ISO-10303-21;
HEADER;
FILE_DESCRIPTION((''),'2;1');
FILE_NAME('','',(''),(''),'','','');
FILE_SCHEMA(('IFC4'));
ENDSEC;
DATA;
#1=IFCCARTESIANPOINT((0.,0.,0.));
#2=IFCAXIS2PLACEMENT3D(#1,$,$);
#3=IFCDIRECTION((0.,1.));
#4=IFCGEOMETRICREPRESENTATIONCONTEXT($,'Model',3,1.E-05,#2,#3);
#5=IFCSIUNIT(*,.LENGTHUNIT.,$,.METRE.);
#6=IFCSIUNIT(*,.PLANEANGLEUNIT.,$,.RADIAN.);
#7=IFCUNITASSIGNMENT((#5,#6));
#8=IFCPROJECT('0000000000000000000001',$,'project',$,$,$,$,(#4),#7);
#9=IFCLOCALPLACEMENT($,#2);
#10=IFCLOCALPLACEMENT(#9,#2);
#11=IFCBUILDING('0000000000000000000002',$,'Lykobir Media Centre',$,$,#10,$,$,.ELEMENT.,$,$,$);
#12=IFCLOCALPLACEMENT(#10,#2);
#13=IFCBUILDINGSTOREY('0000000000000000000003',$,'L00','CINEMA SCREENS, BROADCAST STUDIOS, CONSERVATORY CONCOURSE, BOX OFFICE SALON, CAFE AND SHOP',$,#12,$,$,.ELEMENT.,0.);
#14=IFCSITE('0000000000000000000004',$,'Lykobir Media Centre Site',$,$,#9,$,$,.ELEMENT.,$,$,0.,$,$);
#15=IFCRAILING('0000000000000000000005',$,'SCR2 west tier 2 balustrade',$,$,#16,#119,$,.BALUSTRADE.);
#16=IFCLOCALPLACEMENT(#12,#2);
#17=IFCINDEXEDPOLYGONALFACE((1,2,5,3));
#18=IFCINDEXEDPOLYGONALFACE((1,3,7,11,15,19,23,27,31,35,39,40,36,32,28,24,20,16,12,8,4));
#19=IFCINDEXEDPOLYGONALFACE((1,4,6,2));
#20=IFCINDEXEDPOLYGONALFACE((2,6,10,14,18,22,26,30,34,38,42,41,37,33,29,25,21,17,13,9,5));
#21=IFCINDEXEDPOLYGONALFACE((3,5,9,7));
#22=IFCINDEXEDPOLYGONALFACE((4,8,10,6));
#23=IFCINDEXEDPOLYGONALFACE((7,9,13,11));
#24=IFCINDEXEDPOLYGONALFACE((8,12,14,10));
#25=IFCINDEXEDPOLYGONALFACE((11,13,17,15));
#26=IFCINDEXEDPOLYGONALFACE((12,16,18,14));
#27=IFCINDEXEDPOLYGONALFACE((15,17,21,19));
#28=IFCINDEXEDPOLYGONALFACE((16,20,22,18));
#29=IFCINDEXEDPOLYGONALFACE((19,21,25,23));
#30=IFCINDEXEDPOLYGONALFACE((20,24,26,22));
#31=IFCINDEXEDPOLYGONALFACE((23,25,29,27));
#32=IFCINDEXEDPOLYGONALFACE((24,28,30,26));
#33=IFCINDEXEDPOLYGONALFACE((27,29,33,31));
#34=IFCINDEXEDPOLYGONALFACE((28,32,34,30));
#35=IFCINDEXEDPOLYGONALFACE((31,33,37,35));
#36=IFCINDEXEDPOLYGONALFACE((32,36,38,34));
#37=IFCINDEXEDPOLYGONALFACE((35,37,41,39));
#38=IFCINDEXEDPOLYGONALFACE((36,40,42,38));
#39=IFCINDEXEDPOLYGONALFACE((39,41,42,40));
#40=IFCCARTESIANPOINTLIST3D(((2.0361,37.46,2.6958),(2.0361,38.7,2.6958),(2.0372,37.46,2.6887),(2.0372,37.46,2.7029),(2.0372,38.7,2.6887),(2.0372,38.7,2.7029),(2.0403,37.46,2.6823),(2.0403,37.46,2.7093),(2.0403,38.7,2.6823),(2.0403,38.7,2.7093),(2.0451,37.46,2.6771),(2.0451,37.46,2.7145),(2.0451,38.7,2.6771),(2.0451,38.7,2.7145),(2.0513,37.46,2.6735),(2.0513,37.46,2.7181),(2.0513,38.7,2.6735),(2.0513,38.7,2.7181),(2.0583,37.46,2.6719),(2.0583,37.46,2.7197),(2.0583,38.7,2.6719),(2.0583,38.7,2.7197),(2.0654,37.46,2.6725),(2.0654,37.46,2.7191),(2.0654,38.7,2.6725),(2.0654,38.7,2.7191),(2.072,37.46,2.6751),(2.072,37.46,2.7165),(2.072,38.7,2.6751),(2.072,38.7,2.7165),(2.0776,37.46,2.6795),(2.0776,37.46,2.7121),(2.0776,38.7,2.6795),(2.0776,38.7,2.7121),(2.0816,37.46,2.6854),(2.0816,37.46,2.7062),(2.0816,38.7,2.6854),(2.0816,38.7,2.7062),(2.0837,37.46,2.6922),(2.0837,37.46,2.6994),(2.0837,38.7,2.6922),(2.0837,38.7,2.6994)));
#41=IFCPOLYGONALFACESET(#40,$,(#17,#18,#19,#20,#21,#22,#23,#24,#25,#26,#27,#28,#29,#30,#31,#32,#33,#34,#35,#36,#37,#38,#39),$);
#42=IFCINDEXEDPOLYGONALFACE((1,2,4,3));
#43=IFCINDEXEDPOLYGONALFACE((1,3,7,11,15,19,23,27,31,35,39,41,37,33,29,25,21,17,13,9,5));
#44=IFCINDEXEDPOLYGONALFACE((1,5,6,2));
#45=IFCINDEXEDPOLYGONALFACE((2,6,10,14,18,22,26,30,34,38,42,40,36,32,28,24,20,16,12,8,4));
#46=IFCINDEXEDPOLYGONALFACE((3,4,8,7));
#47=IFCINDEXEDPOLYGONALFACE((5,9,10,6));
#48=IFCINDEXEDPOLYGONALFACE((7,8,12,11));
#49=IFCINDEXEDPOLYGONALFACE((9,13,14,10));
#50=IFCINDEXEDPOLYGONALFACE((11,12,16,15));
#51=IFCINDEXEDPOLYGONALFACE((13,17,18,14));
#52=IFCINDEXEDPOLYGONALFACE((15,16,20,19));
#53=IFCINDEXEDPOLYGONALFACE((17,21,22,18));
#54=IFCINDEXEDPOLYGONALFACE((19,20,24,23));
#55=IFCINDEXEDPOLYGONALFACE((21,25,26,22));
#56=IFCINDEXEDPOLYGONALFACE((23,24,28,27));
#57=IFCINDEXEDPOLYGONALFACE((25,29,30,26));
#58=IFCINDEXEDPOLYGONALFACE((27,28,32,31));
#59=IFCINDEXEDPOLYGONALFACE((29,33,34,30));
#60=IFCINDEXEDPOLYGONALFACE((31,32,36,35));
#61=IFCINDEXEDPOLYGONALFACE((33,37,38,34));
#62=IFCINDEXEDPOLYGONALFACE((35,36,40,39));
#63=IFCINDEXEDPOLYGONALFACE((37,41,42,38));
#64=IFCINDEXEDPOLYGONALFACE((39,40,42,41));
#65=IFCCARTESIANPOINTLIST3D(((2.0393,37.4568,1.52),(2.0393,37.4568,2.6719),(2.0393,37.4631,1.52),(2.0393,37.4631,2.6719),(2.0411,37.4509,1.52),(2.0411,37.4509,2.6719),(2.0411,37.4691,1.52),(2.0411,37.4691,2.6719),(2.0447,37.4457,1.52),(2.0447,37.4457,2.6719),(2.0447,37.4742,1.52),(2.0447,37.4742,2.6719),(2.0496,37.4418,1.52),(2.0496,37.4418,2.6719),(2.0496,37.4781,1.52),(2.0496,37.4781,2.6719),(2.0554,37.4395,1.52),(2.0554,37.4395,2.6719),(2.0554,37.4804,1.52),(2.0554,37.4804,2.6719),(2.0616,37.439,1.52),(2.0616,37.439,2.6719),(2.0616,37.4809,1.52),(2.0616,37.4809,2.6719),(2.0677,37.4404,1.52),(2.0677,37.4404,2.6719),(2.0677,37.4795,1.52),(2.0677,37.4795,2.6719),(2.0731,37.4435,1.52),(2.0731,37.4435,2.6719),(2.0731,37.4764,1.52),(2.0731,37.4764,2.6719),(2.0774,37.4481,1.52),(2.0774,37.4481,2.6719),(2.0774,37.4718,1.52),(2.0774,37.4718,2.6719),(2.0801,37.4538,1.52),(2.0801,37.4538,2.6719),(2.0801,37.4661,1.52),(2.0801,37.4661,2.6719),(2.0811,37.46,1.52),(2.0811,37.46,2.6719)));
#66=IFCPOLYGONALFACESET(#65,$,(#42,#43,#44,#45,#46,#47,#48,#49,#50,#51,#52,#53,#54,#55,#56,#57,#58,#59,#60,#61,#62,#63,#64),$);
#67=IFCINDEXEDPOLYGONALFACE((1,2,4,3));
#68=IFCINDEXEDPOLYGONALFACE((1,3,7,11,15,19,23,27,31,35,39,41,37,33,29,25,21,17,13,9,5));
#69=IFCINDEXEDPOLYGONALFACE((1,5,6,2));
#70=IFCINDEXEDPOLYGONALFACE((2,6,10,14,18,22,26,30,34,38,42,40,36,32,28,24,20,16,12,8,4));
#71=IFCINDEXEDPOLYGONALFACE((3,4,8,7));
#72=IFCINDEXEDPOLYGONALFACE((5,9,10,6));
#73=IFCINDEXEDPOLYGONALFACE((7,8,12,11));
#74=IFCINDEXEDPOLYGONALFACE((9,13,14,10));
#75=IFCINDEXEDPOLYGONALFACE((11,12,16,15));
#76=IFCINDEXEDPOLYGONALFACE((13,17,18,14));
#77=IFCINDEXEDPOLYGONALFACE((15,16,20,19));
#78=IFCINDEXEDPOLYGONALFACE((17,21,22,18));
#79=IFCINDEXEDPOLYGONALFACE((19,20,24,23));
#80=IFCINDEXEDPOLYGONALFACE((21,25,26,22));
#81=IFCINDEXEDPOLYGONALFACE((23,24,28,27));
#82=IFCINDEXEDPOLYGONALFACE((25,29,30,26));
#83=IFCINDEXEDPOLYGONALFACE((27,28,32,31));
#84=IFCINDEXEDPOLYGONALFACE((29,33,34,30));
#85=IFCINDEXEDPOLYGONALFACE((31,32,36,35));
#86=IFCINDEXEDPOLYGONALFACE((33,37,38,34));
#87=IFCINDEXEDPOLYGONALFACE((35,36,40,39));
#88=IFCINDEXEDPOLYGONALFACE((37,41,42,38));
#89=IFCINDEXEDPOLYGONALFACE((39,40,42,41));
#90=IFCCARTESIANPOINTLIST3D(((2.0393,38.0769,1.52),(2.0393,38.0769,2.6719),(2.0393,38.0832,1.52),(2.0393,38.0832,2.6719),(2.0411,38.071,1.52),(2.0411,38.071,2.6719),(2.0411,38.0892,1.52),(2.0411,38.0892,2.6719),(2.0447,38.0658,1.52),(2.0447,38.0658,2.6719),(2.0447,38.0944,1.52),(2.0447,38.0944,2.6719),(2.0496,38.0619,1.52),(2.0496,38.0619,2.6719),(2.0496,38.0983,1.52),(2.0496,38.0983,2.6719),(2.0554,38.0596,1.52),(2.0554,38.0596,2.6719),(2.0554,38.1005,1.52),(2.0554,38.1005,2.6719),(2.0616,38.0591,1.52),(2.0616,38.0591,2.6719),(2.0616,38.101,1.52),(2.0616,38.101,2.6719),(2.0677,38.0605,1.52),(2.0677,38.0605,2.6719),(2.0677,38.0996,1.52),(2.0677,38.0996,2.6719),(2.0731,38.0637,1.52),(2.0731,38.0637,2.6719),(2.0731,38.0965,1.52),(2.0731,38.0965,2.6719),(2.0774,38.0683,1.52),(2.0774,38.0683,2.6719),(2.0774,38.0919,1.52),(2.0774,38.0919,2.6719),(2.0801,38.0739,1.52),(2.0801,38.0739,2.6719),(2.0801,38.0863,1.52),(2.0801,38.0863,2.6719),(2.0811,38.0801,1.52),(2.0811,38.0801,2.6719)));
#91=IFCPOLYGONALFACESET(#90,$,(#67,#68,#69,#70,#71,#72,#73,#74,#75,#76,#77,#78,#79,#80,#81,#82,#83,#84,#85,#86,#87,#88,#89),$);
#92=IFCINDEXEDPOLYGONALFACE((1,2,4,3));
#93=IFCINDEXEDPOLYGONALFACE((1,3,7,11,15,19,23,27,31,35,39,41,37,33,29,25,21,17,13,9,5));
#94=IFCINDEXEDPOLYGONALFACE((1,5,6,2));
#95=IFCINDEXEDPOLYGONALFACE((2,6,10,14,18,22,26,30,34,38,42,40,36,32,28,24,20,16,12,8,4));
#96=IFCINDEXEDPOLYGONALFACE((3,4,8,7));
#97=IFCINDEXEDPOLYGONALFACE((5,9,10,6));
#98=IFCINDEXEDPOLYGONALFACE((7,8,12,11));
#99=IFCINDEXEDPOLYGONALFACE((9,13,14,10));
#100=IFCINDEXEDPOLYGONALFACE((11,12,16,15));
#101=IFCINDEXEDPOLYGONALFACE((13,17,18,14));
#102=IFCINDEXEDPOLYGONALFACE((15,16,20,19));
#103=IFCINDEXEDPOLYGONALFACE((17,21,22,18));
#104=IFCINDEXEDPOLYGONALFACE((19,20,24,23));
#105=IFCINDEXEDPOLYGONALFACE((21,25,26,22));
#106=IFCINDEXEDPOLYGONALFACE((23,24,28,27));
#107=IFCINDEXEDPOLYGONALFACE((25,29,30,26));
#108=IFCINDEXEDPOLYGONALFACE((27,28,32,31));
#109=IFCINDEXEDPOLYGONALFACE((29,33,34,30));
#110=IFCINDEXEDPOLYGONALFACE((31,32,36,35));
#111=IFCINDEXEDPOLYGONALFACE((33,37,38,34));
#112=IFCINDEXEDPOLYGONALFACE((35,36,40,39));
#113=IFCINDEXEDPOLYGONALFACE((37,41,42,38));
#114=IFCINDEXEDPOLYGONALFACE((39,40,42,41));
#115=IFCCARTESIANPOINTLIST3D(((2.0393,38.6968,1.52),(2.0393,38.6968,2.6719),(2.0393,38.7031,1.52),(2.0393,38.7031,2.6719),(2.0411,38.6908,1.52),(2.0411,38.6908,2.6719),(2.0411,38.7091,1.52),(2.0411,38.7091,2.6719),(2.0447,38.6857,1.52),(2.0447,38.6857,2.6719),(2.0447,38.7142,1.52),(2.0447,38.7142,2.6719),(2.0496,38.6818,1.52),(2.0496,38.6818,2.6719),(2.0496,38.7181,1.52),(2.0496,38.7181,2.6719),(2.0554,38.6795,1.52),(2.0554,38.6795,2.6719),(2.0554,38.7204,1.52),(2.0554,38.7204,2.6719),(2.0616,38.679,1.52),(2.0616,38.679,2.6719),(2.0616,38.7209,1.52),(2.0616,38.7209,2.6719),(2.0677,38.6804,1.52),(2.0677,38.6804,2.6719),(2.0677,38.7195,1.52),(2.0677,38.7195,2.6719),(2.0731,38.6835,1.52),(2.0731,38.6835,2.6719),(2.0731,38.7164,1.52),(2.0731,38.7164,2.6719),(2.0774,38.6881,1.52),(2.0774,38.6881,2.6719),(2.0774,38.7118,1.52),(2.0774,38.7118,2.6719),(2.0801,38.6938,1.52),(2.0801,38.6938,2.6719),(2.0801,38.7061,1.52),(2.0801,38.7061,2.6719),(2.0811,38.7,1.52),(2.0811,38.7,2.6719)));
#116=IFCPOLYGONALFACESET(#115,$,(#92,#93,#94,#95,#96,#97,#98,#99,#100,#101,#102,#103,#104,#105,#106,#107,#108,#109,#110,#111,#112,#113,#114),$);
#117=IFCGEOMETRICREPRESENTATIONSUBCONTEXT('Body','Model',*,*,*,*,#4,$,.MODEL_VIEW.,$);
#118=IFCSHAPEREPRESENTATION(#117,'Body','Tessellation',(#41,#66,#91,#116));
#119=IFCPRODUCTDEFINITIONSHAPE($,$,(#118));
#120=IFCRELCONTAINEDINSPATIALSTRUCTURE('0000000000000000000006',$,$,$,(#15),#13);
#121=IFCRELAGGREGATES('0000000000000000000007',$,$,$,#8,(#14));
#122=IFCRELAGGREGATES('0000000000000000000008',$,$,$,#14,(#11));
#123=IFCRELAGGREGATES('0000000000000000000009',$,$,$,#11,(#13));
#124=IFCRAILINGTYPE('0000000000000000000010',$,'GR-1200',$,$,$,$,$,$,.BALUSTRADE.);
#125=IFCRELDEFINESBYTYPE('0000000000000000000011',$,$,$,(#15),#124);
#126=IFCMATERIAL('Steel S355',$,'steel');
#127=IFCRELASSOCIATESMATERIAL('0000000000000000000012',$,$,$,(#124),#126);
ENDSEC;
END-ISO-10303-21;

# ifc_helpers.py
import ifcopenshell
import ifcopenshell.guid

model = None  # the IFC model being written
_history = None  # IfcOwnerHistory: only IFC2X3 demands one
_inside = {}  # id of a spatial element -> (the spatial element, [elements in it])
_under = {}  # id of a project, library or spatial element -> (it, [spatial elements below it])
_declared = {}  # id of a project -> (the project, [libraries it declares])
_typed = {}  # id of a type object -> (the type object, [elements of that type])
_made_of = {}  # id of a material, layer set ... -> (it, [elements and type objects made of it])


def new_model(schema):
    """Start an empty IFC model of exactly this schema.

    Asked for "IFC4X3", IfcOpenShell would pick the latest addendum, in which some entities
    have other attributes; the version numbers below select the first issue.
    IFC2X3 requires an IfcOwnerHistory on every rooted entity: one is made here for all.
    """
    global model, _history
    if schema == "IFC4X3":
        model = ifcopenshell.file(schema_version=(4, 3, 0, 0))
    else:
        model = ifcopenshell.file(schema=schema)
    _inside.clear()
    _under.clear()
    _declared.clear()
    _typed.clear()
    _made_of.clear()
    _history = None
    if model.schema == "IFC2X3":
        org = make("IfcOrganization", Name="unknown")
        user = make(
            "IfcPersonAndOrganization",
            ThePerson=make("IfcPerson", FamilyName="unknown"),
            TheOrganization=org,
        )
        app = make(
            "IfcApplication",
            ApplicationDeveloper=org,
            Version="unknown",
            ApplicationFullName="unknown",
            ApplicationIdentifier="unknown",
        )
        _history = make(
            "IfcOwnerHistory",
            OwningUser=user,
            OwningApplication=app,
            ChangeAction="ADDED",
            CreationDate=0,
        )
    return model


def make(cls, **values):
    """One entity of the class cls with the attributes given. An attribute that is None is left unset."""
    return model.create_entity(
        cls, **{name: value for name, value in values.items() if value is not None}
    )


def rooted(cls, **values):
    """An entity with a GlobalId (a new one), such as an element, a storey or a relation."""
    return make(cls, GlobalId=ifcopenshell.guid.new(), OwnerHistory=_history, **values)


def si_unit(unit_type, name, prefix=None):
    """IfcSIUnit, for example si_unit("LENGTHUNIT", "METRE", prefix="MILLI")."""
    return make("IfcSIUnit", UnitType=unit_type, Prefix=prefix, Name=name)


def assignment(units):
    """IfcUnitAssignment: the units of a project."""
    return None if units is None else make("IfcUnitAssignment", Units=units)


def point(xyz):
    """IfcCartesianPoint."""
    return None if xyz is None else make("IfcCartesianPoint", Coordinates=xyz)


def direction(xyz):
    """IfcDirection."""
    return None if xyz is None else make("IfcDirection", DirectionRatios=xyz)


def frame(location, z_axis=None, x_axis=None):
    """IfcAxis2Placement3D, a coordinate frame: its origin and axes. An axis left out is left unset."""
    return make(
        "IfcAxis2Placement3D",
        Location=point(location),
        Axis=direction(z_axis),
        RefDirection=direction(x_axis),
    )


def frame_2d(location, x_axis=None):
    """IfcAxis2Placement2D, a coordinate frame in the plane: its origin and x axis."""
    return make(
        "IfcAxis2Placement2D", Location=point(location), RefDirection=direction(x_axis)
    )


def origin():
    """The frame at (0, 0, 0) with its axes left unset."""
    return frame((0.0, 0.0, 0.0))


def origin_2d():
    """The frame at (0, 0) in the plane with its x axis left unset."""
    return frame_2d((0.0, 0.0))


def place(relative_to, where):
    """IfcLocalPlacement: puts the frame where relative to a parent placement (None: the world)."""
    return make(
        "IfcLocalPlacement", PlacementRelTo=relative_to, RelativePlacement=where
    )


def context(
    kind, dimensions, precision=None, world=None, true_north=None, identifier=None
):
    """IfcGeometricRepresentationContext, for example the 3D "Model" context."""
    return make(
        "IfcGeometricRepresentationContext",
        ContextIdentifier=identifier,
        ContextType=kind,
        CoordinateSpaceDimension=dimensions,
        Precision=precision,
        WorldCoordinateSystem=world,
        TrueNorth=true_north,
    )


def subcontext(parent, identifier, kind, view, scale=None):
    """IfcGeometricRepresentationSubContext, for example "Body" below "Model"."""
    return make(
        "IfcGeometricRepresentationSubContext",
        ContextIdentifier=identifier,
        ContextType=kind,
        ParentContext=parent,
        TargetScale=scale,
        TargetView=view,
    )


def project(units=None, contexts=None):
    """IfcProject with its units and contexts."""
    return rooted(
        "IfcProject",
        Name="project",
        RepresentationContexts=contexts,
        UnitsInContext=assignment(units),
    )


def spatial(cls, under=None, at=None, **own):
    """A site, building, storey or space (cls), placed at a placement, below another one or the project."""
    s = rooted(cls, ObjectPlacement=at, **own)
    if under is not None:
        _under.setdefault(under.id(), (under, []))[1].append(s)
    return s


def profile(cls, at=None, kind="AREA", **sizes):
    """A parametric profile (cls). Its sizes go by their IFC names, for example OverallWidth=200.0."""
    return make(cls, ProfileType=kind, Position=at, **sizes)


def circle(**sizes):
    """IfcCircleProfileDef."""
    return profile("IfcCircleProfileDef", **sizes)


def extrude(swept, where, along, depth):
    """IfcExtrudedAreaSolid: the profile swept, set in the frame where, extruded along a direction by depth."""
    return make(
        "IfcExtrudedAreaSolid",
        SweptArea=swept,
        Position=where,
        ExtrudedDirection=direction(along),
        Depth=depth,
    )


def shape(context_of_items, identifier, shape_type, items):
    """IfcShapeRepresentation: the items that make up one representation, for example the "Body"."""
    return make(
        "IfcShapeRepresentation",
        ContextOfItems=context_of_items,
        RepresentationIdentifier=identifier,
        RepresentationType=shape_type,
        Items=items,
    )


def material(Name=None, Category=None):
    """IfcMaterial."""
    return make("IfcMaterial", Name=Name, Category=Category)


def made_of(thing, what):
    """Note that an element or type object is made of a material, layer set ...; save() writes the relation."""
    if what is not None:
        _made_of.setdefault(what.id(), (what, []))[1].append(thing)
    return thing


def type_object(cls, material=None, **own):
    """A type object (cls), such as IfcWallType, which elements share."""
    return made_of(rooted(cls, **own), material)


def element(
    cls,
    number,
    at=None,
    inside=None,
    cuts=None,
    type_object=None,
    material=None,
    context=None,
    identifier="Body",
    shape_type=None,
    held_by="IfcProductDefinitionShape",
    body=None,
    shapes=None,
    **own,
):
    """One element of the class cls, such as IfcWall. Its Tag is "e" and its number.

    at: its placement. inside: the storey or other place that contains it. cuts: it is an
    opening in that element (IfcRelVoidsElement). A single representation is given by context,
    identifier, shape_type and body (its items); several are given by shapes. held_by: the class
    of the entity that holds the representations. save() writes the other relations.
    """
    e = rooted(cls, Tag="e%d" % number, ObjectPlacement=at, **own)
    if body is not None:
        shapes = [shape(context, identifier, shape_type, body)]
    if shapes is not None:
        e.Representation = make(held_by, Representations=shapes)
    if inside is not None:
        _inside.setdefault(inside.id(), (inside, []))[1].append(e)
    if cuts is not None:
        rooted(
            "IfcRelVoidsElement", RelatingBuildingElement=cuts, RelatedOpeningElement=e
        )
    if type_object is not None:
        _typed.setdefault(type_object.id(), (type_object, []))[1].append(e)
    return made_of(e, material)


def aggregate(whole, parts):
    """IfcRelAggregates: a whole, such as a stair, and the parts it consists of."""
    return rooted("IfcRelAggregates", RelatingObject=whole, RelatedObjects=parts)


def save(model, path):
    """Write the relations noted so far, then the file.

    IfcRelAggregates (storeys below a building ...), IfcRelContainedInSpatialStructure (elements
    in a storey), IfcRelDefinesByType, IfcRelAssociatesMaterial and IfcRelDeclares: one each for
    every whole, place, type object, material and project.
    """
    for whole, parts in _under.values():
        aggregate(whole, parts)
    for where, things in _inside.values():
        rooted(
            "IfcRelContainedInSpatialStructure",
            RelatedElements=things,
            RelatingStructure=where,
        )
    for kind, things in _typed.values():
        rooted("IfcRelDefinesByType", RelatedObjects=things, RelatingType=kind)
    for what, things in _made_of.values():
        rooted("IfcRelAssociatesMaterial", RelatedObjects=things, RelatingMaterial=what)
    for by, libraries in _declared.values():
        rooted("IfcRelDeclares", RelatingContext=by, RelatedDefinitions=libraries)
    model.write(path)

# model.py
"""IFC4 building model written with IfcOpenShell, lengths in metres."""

from ifc_helpers import new_model, si_unit, direction, frame, origin, origin_2d, place, context, subcontext, project, spatial, circle, extrude, material, type_object, element, save


model = new_model("IFC4")

# Units and contexts
model_context = context("Model", 3, precision=1e-05, world=origin(), true_north=direction((0.0, 1.0)))
body_context = subcontext(model_context, "Body", "Model", "MODEL_VIEW")
ifc_project = project(units=[si_unit("LENGTHUNIT", "METRE"), si_unit("PLANEANGLEUNIT", "RADIAN")], contexts=[model_context])

# Site, building, storey
site_placement = place(None, origin())
site = spatial("IfcSite", under=ifc_project, at=site_placement, Name="Lykobir Media Centre Site", CompositionType="ELEMENT", RefElevation=0.0)
building_placement = place(site_placement, origin())
building = spatial("IfcBuilding", under=site, at=building_placement, Name="Lykobir Media Centre", CompositionType="ELEMENT")
storey_placement = place(building_placement, origin())
storey = spatial("IfcBuildingStorey", under=building, at=storey_placement, Name="L00", Description="CINEMA SCREENS, BROADCAST STUDIOS, CONSERVATORY CONCOURSE, BOX OFFICE SALON, CAFE AND SHOP", CompositionType="ELEMENT", Elevation=0.0)

# Shared definitions
ifc_material_1 = material(Name="Steel S355", Category="steel")

# Railing
railing_type = type_object("IfcRailingType", Name="GR-1200", PredefinedType="BALUSTRADE", material=ifc_material_1)
railing_1_placement = place(storey_placement, frame((2.0601, 37.46, 1.52)))
element("IfcRailing", 1, at=railing_1_placement, inside=storey, type_object=railing_type, Name="SCR2 west tier 2 balustrade", PredefinedType="BALUSTRADE", context=body_context, shape_type="SweptSolid", body=[
    extrude(circle(Radius=0.0239, at=origin_2d()), frame((0.0, 0.0, 1.1758), z_axis=(0.0, 1.0, 0.0), x_axis=(-1.0, 0.0, 0.0)), (0.0, 0.0, 1.0), 1.24),
    extrude(circle(Radius=0.021, at=origin_2d()), origin(), (0.0, 0.0, 1.0), 1.1519),
    extrude(circle(Radius=0.021, at=origin_2d()), frame((0.0, 0.6201, 0.0)), (0.0, 0.0, 1.0), 1.1519),
    extrude(circle(Radius=0.021, at=origin_2d()), frame((0.0, 1.24, 0.0)), (0.0, 0.0, 1.0), 1.1519),
])

save(model, "model.ifc")
